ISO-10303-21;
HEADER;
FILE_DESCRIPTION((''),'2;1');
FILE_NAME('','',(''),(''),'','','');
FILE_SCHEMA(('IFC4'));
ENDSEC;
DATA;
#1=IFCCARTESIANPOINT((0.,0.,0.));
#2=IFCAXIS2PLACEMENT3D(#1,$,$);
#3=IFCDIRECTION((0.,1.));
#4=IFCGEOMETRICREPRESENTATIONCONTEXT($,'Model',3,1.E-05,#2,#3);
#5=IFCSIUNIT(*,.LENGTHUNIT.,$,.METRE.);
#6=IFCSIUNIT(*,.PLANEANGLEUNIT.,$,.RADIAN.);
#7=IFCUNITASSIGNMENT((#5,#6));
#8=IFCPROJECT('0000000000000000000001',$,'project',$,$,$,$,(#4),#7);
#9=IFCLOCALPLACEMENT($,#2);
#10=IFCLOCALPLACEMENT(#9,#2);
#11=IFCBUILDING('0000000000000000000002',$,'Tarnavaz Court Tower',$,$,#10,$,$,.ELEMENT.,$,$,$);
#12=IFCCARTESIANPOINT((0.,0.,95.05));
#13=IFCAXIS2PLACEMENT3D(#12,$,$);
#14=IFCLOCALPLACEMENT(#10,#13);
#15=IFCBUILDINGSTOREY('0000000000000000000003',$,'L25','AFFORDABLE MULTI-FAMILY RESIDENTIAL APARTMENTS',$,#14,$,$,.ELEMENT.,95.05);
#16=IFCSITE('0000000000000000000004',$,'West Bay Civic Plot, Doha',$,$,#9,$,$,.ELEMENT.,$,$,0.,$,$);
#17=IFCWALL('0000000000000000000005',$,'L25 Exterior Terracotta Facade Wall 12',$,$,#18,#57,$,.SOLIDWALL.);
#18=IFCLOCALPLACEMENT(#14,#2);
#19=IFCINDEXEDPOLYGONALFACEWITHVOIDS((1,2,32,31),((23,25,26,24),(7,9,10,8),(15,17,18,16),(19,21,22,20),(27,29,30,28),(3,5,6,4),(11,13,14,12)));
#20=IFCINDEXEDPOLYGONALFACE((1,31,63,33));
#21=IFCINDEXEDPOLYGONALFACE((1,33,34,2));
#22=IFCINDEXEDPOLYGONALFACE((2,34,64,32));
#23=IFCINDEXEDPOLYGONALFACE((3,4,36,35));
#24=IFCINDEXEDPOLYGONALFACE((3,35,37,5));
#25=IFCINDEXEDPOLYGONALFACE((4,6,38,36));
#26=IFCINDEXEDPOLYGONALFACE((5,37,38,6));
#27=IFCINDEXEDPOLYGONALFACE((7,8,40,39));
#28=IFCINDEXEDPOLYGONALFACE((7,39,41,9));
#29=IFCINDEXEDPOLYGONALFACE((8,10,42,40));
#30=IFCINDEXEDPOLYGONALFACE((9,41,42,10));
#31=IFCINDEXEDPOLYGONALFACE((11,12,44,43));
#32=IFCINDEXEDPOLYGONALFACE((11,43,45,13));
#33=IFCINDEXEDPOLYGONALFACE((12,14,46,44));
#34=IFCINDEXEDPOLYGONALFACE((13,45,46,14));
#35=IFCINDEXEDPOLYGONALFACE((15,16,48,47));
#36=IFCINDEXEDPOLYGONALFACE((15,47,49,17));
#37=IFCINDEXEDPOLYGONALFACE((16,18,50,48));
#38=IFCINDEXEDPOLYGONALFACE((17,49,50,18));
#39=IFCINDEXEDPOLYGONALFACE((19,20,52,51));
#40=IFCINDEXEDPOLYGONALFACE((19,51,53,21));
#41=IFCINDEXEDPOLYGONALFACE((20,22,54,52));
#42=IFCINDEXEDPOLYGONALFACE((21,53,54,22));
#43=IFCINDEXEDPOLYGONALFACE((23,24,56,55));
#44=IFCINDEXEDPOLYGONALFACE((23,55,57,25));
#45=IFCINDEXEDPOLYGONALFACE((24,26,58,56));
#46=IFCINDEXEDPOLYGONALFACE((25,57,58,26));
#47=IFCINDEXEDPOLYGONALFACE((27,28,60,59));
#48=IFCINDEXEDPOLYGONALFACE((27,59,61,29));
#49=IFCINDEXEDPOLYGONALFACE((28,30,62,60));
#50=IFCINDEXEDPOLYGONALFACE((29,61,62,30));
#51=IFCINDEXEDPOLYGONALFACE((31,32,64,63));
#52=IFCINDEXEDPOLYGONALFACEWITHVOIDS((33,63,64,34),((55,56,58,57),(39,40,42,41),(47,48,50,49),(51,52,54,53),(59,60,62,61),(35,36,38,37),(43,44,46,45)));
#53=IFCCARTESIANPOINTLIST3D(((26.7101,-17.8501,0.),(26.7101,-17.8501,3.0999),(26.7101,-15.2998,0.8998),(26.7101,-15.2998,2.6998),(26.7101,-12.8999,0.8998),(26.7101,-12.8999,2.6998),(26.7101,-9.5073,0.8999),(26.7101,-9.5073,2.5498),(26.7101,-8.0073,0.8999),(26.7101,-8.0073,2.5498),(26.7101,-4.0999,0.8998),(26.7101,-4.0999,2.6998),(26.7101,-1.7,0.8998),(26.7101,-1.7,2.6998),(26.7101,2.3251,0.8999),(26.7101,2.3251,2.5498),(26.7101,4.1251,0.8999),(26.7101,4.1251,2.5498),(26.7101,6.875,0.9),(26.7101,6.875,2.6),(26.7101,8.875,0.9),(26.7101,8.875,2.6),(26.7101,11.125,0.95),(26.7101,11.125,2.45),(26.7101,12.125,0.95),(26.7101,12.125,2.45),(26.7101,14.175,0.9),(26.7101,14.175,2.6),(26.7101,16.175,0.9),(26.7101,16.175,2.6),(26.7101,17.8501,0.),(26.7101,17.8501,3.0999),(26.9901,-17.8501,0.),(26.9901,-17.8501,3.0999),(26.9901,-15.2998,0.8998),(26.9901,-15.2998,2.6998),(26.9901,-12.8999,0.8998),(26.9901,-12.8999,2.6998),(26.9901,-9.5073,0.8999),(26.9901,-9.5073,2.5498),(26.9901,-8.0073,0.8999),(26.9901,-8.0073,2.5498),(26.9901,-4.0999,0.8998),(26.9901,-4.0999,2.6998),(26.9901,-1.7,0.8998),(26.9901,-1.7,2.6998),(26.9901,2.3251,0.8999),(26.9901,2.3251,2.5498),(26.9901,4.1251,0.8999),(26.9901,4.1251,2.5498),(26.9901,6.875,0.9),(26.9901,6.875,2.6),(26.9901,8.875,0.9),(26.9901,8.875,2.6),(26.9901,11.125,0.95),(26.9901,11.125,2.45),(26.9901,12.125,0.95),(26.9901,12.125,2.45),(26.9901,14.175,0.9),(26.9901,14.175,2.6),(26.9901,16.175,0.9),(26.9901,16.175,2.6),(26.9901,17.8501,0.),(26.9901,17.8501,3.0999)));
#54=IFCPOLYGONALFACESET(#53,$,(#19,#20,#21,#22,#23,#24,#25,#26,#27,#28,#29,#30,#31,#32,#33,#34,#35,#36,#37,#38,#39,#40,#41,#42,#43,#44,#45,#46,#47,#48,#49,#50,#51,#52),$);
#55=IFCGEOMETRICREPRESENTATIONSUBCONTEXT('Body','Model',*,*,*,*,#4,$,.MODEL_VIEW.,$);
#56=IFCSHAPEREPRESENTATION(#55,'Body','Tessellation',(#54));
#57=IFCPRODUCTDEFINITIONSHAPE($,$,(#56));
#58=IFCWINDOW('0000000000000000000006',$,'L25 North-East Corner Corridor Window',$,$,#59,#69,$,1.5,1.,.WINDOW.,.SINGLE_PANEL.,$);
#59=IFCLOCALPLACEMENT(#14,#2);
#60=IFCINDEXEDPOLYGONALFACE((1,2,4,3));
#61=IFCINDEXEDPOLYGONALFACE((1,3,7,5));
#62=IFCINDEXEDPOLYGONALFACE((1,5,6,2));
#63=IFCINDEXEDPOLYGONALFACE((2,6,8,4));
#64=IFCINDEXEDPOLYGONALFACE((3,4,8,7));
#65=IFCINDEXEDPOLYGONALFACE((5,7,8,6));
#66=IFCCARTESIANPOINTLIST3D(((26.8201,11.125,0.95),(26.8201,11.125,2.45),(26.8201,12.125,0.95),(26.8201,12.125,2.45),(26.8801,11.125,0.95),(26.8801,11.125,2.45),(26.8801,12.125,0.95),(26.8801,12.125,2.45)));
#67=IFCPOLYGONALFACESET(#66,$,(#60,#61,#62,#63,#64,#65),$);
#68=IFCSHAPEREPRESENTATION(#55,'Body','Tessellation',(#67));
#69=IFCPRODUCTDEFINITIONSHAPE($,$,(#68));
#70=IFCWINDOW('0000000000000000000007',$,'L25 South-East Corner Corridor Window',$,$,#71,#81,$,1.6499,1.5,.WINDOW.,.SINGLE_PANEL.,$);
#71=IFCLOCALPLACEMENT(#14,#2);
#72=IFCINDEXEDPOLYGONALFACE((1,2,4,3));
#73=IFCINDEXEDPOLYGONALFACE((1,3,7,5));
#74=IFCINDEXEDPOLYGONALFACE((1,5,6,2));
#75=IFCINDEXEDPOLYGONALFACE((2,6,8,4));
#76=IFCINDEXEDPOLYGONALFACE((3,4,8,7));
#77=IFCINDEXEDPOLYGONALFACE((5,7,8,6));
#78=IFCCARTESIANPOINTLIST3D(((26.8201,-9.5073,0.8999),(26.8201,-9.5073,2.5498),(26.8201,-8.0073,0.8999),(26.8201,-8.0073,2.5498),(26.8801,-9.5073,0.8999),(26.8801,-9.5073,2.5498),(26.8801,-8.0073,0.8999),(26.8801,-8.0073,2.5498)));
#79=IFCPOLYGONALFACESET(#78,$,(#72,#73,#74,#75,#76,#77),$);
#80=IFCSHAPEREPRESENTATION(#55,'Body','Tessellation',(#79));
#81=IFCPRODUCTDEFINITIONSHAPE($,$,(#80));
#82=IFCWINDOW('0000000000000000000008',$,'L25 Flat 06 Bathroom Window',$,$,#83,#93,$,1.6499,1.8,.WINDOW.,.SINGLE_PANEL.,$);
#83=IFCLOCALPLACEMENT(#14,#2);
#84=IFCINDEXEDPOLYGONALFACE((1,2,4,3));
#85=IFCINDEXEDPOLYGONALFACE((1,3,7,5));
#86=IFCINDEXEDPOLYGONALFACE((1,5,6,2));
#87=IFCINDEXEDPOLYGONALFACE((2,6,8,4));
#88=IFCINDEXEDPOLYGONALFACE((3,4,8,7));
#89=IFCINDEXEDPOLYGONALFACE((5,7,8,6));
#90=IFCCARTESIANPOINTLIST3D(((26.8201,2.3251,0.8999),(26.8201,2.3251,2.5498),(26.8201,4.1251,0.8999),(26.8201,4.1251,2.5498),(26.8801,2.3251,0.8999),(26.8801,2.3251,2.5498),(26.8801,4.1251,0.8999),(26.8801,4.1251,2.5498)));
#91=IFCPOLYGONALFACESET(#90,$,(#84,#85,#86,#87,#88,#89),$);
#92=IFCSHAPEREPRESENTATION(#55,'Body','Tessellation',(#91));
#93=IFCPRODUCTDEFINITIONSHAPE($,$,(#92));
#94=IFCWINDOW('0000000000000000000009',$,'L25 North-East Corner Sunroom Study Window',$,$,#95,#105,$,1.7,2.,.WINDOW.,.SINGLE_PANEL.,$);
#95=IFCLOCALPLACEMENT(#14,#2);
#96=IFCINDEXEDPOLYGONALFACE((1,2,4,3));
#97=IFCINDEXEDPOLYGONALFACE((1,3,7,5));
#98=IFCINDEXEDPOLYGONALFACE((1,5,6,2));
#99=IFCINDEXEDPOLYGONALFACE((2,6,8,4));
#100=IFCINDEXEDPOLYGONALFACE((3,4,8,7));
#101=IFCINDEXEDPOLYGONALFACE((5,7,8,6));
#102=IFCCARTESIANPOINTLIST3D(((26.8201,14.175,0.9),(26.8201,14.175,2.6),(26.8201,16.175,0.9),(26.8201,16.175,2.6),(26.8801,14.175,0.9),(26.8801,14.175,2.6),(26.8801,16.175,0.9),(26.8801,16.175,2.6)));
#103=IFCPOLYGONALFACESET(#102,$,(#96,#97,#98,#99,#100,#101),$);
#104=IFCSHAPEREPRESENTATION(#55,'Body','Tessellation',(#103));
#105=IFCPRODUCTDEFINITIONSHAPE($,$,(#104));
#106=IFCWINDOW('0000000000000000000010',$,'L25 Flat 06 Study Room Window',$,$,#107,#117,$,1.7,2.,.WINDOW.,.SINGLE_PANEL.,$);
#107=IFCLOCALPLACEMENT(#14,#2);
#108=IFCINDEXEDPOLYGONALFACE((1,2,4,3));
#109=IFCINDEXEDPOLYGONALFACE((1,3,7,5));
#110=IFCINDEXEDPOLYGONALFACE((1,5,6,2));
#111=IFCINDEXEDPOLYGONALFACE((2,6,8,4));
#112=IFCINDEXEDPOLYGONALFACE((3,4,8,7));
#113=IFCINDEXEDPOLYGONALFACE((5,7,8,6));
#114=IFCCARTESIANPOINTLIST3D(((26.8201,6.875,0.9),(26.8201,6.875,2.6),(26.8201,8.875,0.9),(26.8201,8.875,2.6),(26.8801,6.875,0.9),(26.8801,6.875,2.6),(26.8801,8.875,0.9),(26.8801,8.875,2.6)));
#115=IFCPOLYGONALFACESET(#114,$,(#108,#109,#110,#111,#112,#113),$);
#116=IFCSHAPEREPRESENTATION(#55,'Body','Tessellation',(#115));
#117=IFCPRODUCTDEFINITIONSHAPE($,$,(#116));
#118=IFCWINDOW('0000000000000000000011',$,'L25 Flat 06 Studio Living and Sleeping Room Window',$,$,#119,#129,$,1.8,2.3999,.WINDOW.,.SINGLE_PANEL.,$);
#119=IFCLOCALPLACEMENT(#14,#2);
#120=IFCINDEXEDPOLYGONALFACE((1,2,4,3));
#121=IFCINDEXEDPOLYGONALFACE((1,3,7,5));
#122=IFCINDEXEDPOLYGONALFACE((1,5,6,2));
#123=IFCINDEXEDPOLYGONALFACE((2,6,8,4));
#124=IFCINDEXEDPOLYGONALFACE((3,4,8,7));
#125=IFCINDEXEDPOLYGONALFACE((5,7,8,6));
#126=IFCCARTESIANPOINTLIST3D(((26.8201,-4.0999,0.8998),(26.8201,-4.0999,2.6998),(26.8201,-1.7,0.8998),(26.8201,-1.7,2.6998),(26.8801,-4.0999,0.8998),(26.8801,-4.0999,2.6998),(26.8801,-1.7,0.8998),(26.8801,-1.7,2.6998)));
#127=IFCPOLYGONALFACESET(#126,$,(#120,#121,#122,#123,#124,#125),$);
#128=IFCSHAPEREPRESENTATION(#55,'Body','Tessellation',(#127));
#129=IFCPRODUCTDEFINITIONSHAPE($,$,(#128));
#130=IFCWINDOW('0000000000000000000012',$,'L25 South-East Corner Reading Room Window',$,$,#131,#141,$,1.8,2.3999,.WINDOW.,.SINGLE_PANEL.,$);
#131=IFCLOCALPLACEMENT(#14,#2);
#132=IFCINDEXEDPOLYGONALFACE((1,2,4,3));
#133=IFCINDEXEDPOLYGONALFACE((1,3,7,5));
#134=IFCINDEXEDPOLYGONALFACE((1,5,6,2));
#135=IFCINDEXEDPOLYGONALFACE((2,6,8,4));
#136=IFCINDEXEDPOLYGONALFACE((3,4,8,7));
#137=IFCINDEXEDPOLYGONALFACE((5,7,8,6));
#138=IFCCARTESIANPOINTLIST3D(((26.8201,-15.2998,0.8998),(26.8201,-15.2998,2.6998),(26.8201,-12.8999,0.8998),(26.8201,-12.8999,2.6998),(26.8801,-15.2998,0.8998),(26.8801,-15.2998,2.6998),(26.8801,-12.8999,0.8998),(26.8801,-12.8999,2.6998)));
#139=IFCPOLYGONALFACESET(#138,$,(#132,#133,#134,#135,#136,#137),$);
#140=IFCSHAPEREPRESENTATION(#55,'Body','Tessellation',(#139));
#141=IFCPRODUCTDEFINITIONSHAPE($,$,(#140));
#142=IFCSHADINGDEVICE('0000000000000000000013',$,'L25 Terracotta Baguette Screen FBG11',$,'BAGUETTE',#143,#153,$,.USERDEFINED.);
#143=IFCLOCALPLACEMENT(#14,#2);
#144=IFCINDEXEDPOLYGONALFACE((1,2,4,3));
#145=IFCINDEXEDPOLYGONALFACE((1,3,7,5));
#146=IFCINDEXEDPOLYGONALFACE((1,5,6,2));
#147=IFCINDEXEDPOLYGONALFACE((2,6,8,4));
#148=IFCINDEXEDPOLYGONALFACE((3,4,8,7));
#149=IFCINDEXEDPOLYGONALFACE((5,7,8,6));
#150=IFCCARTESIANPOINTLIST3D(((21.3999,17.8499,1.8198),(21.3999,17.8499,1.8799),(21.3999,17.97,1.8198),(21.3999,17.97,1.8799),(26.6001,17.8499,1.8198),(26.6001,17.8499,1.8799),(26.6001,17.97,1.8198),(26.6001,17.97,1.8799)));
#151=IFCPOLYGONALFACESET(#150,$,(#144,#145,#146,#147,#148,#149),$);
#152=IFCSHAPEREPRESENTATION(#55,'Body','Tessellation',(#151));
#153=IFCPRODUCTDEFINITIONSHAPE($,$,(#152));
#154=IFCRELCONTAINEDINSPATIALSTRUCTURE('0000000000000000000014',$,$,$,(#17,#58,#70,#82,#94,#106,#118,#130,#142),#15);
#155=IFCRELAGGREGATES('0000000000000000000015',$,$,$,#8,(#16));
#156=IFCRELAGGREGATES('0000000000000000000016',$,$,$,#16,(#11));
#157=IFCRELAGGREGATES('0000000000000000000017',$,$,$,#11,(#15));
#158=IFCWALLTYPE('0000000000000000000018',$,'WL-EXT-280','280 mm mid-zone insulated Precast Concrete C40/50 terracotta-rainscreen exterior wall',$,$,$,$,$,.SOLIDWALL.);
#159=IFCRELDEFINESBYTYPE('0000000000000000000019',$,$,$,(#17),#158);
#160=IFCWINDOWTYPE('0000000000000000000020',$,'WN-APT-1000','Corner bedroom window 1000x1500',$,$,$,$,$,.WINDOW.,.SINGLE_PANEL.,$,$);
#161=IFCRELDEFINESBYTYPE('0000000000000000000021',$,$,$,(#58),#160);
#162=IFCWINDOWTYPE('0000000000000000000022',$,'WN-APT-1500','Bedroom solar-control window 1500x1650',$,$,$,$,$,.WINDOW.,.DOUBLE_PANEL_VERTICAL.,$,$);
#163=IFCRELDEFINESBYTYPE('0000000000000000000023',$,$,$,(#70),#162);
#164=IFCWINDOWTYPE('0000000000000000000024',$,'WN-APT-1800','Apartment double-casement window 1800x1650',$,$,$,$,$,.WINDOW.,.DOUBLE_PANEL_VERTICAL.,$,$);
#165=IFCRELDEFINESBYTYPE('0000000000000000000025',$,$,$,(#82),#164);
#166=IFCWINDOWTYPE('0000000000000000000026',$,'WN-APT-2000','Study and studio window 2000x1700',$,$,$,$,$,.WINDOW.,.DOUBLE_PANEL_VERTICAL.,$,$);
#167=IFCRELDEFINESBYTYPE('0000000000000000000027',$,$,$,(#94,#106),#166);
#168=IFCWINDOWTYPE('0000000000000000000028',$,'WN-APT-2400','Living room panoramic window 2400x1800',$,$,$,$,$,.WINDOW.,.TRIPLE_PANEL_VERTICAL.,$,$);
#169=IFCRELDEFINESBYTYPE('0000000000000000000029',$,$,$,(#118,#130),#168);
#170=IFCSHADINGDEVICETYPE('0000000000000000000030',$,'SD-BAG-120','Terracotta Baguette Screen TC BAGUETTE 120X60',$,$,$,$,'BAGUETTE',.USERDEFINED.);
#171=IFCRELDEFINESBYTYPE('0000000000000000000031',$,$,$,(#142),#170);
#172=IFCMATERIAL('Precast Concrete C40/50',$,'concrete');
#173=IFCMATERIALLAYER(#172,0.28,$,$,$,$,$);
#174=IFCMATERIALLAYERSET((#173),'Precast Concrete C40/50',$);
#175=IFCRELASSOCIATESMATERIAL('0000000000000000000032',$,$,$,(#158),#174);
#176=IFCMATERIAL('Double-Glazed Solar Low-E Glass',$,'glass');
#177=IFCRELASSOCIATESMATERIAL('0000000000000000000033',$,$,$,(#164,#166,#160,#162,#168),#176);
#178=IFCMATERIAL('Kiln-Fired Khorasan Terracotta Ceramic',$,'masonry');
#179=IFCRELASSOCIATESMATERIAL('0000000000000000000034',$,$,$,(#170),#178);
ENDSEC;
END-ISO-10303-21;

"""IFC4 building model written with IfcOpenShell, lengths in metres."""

from ifc_helpers import new_model, si_unit, direction, frame, frame_2d, origin, origin_2d, place, context, subcontext, project, spatial, rectangle, extrude, material, layer, layer_set, material_profile, profile_set, type_object, element, fill, save


model = new_model("IFC4")

# Units and contexts
model_context = context("Model", 3, precision=1e-05, world=origin(), true_north=direction((0.0, 1.0)))
body_context = subcontext(model_context, "Body", "Model", "MODEL_VIEW")
ifc_project = project(units=[si_unit("LENGTHUNIT", "METRE"), si_unit("PLANEANGLEUNIT", "RADIAN")], contexts=[model_context])

# Site, building, storey
site_placement = place(None, origin())
site = spatial("IfcSite", under=ifc_project, at=site_placement, Name="West Bay Civic Plot, Doha", CompositionType="ELEMENT", RefElevation=0.0)
building_placement = place(site_placement, origin())
building = spatial("IfcBuilding", under=site, at=building_placement, Name="Tarnavaz Court Tower", CompositionType="ELEMENT")
storey_placement = place(building_placement, frame((0.0, 0.0, 95.05)))
storey = spatial("IfcBuildingStorey", under=building, at=storey_placement, Name="L25", Description="AFFORDABLE MULTI-FAMILY RESIDENTIAL APARTMENTS", CompositionType="ELEMENT", Elevation=95.05)

# Shared definitions
ifc_material_1 = material(Name="Precast Concrete C40/50", Category="concrete")
ifc_layer = layer(ifc_material_1, 0.28)
ifc_layer_set = layer_set([ifc_layer], Name="Precast Concrete C40/50")
wall_type = type_object("IfcWallType", Name="WL-EXT-280", Description="280 mm mid-zone insulated Precast Concrete C40/50 terracotta-rainscreen exterior wall", PredefinedType="SOLIDWALL", material=ifc_layer_set)
ifc_material_2 = material(Name="Double-Glazed Solar Low-E Glass", Category="glass")
window_type_1 = type_object("IfcWindowType", Name="WN-APT-1800", Description="Apartment double-casement window 1800x1650", PartitioningType="DOUBLE_PANEL_VERTICAL", PredefinedType="WINDOW", material=ifc_material_2)
window_type_2 = type_object("IfcWindowType", Name="WN-APT-2000", Description="Study and studio window 2000x1700", PartitioningType="DOUBLE_PANEL_VERTICAL", PredefinedType="WINDOW", material=ifc_material_2)

# Wall, openings, windows
wall_1_placement = place(storey_placement, frame((26.8501, 17.8501, 0.0), z_axis=(0.0, 0.0, 1.0), x_axis=(0.0, -1.0, 0.0)))
wall_1 = element("IfcWall", 1, at=wall_1_placement, inside=storey, type_object=wall_type, Name="L25 Exterior Terracotta Facade Wall 12", PredefinedType="SOLIDWALL", context=body_context, shape_type="SweptSolid", body=[
    extrude(rectangle(XDim=35.7002, YDim=0.28, at=frame_2d((17.8501, 0.0))), origin(), (0.0, 0.0, 1.0), 3.0999),
])
opening_1_placement = place(wall_1_placement, frame((1.675, 0.0, 0.8999)))
opening_1 = element("IfcOpeningElement", 2, at=opening_1_placement, cuts=wall_1, PredefinedType="OPENING", context=body_context, shape_type="SweptSolid", body=[
    extrude(rectangle(XDim=2.0, YDim=1.7, at=frame_2d((1.0, 0.8501))), frame((0.0, 0.1499, 0.0), z_axis=(0.0, -1.0, 0.0), x_axis=(1.0, 0.0, 0.0)), (0.0, 0.0, 1.0), 0.3),
])
opening_2_placement = place(wall_1_placement, frame((5.7251, 0.0, 0.95)))
opening_2 = element("IfcOpeningElement", 3, at=opening_2_placement, cuts=wall_1, PredefinedType="OPENING", context=body_context, shape_type="SweptSolid", body=[
    extrude(rectangle(XDim=1.0, YDim=1.5, at=frame_2d((0.5, 0.75))), frame((0.0, 0.1499, 0.0), z_axis=(0.0, -1.0, 0.0), x_axis=(1.0, 0.0, 0.0)), (0.0, 0.0, 1.0), 0.3),
])
opening_3_placement = place(wall_1_placement, frame((8.9751, 0.0, 0.8999)))
opening_3 = element("IfcOpeningElement", 4, at=opening_3_placement, cuts=wall_1, PredefinedType="OPENING", context=body_context, shape_type="SweptSolid", body=[
    extrude(rectangle(XDim=2.0, YDim=1.7, at=frame_2d((1.0, 0.8501))), frame((0.0, 0.1499, 0.0), z_axis=(0.0, -1.0, 0.0), x_axis=(1.0, 0.0, 0.0)), (0.0, 0.0, 1.0), 0.3),
])
opening_4_placement = place(wall_1_placement, frame((13.7251, 0.0, 0.8999)))
opening_4 = element("IfcOpeningElement", 5, at=opening_4_placement, cuts=wall_1, PredefinedType="OPENING", context=body_context, shape_type="SweptSolid", body=[
    extrude(rectangle(XDim=1.8, YDim=1.6499, at=frame_2d((0.8999, 0.825))), frame((0.0, 0.1499, 0.0), z_axis=(0.0, -1.0, 0.0), x_axis=(1.0, 0.0, 0.0)), (0.0, 0.0, 1.0), 0.3),
])
opening_5_placement = place(wall_1_placement, frame((19.55, 0.0, 0.8999)))
opening_5 = element("IfcOpeningElement", 6, at=opening_5_placement, cuts=wall_1, PredefinedType="OPENING", context=body_context, shape_type="SweptSolid", body=[
    extrude(rectangle(XDim=2.3999, YDim=1.8, at=frame_2d((1.2, 0.8999))), frame((0.0, 0.1499, 0.0), z_axis=(0.0, -1.0, 0.0), x_axis=(1.0, 0.0, 0.0)), (0.0, 0.0, 1.0), 0.3),
])
opening_6_placement = place(wall_1_placement, frame((25.8574, 0.0, 0.8999)))
opening_6 = element("IfcOpeningElement", 7, at=opening_6_placement, cuts=wall_1, PredefinedType="OPENING", context=body_context, shape_type="SweptSolid", body=[
    extrude(rectangle(XDim=1.5, YDim=1.6499, at=frame_2d((0.75, 0.825))), frame((0.0, 0.1499, 0.0), z_axis=(0.0, -1.0, 0.0), x_axis=(1.0, 0.0, 0.0)), (0.0, 0.0, 1.0), 0.3),
])
opening_7_placement = place(wall_1_placement, frame((30.75, 0.0, 0.8999)))
opening_7 = element("IfcOpeningElement", 8, at=opening_7_placement, cuts=wall_1, PredefinedType="OPENING", context=body_context, shape_type="SweptSolid", body=[
    extrude(rectangle(XDim=2.3999, YDim=1.8, at=frame_2d((1.2, 0.8999))), frame((0.0, 0.1499, 0.0), z_axis=(0.0, -1.0, 0.0), x_axis=(1.0, 0.0, 0.0)), (0.0, 0.0, 1.0), 0.3),
])
window_type_3 = type_object("IfcWindowType", Name="WN-APT-1000", Description="Corner bedroom window 1000x1500", PartitioningType="SINGLE_PANEL", PredefinedType="WINDOW", material=ifc_material_2)
window_1_placement = place(opening_2_placement, origin())
window_1 = element("IfcWindow", 9, at=window_1_placement, inside=storey, type_object=window_type_3, Name="L25 North-East Corner Corridor Window", OverallHeight=1.5, OverallWidth=1.0, PartitioningType="SINGLE_PANEL", PredefinedType="WINDOW", context=body_context, shape_type="SweptSolid", body=[
    extrude(rectangle(XDim=1.0, YDim=1.5, at=frame_2d((0.5, 0.75))), frame((0.0, 0.03, 0.0), z_axis=(0.0, -1.0, 0.0), x_axis=(1.0, 0.0, 0.0)), (0.0, 0.0, 1.0), 0.0601),
])
fill(opening_2, window_1)
window_type_4 = type_object("IfcWindowType", Name="WN-APT-1500", Description="Bedroom solar-control window 1500x1650", PartitioningType="DOUBLE_PANEL_VERTICAL", PredefinedType="WINDOW", material=ifc_material_2)
window_2_placement = place(opening_6_placement, origin())
window_2 = element("IfcWindow", 10, at=window_2_placement, inside=storey, type_object=window_type_4, Name="L25 South-East Corner Corridor Window", OverallHeight=1.6499, OverallWidth=1.5, PartitioningType="SINGLE_PANEL", PredefinedType="WINDOW", context=body_context, shape_type="SweptSolid", body=[
    extrude(rectangle(XDim=1.5, YDim=1.6499, at=frame_2d((0.75, 0.825))), frame((0.0, 0.03, 0.0), z_axis=(0.0, -1.0, 0.0), x_axis=(1.0, 0.0, 0.0)), (0.0, 0.0, 1.0), 0.0601),
])
fill(opening_6, window_2)
window_3_placement = place(opening_4_placement, origin())
window_3 = element("IfcWindow", 11, at=window_3_placement, inside=storey, type_object=window_type_1, Name="L25 Flat 06 Bathroom Window", OverallHeight=1.6499, OverallWidth=1.8, PartitioningType="SINGLE_PANEL", PredefinedType="WINDOW", context=body_context, shape_type="SweptSolid", body=[
    extrude(rectangle(XDim=1.8, YDim=1.6499, at=frame_2d((0.8999, 0.825))), frame((0.0, 0.03, 0.0), z_axis=(0.0, -1.0, 0.0), x_axis=(1.0, 0.0, 0.0)), (0.0, 0.0, 1.0), 0.0601),
])
fill(opening_4, window_3)
window_4_placement = place(opening_1_placement, origin())
window_4 = element("IfcWindow", 12, at=window_4_placement, inside=storey, type_object=window_type_2, Name="L25 North-East Corner Sunroom Study Window", OverallHeight=1.7, OverallWidth=2.0, PartitioningType="SINGLE_PANEL", PredefinedType="WINDOW", context=body_context, shape_type="SweptSolid", body=[
    extrude(rectangle(XDim=2.0, YDim=1.7, at=frame_2d((1.0, 0.8501))), frame((0.0, 0.03, 0.0), z_axis=(0.0, -1.0, 0.0), x_axis=(1.0, 0.0, 0.0)), (0.0, 0.0, 1.0), 0.0601),
])
fill(opening_1, window_4)
window_5_placement = place(opening_3_placement, origin())
window_5 = element("IfcWindow", 13, at=window_5_placement, inside=storey, type_object=window_type_2, Name="L25 Flat 06 Study Room Window", OverallHeight=1.7, OverallWidth=2.0, PartitioningType="SINGLE_PANEL", PredefinedType="WINDOW", context=body_context, shape_type="SweptSolid", body=[
    extrude(rectangle(XDim=2.0, YDim=1.7, at=frame_2d((1.0, 0.8501))), frame((0.0, 0.03, 0.0), z_axis=(0.0, -1.0, 0.0), x_axis=(1.0, 0.0, 0.0)), (0.0, 0.0, 1.0), 0.0601),
])
fill(opening_3, window_5)
window_type_5 = type_object("IfcWindowType", Name="WN-APT-2400", Description="Living room panoramic window 2400x1800", PartitioningType="TRIPLE_PANEL_VERTICAL", PredefinedType="WINDOW", material=ifc_material_2)
window_6_placement = place(opening_5_placement, origin())
window_6 = element("IfcWindow", 14, at=window_6_placement, inside=storey, type_object=window_type_5, Name="L25 Flat 06 Studio Living and Sleeping Room Window", OverallHeight=1.8, OverallWidth=2.3999, PartitioningType="SINGLE_PANEL", PredefinedType="WINDOW", context=body_context, shape_type="SweptSolid", body=[
    extrude(rectangle(XDim=2.3999, YDim=1.8, at=frame_2d((1.2, 0.8999))), frame((0.0, 0.03, 0.0), z_axis=(0.0, -1.0, 0.0), x_axis=(1.0, 0.0, 0.0)), (0.0, 0.0, 1.0), 0.0601),
])
fill(opening_5, window_6)
window_7_placement = place(opening_7_placement, origin())
window_7 = element("IfcWindow", 15, at=window_7_placement, inside=storey, type_object=window_type_5, Name="L25 South-East Corner Reading Room Window", OverallHeight=1.8, OverallWidth=2.3999, PartitioningType="SINGLE_PANEL", PredefinedType="WINDOW", context=body_context, shape_type="SweptSolid", body=[
    extrude(rectangle(XDim=2.3999, YDim=1.8, at=frame_2d((1.2, 0.8999))), frame((0.0, 0.03, 0.0), z_axis=(0.0, -1.0, 0.0), x_axis=(1.0, 0.0, 0.0)), (0.0, 0.0, 1.0), 0.0601),
])
fill(opening_7, window_7)

# Shading device
ifc_material_3 = material(Name="Kiln-Fired Khorasan Terracotta Ceramic", Category="masonry")
ifc_material_profile_1 = material_profile(ifc_material_3, rectangle(XDim=0.1201, YDim=0.0601, at=origin_2d()), Name="TC BAGUETTE 120X60")
ifc_profile_set_1 = profile_set([ifc_material_profile_1], Name="Kiln-Fired Khorasan Terracotta Ceramic")
shading_device_type = type_object("IfcShadingDeviceType", Name="SD-BAG-120", Description="Terracotta Baguette Screen TC BAGUETTE 120X60", ElementType="BAGUETTE", PredefinedType="USERDEFINED", material=ifc_profile_set_1)
shading_device_1_placement = place(storey_placement, frame((21.3999, 17.9099, 1.8499), z_axis=(1.0, 0.0, 0.0), x_axis=(0.0, 1.0, 0.0)))
element("IfcShadingDevice", 16, at=shading_device_1_placement, inside=storey, type_object=shading_device_type, Name="L25 Terracotta Baguette Screen FBG11", ObjectType="BAGUETTE", PredefinedType="USERDEFINED", context=body_context, shape_type="SweptSolid", body=[
    extrude(rectangle(XDim=0.1201, YDim=0.0601, at=origin_2d()), origin(), (0.0, 0.0, 1.0), 5.2002),
])

save(model, "model.ifc")
